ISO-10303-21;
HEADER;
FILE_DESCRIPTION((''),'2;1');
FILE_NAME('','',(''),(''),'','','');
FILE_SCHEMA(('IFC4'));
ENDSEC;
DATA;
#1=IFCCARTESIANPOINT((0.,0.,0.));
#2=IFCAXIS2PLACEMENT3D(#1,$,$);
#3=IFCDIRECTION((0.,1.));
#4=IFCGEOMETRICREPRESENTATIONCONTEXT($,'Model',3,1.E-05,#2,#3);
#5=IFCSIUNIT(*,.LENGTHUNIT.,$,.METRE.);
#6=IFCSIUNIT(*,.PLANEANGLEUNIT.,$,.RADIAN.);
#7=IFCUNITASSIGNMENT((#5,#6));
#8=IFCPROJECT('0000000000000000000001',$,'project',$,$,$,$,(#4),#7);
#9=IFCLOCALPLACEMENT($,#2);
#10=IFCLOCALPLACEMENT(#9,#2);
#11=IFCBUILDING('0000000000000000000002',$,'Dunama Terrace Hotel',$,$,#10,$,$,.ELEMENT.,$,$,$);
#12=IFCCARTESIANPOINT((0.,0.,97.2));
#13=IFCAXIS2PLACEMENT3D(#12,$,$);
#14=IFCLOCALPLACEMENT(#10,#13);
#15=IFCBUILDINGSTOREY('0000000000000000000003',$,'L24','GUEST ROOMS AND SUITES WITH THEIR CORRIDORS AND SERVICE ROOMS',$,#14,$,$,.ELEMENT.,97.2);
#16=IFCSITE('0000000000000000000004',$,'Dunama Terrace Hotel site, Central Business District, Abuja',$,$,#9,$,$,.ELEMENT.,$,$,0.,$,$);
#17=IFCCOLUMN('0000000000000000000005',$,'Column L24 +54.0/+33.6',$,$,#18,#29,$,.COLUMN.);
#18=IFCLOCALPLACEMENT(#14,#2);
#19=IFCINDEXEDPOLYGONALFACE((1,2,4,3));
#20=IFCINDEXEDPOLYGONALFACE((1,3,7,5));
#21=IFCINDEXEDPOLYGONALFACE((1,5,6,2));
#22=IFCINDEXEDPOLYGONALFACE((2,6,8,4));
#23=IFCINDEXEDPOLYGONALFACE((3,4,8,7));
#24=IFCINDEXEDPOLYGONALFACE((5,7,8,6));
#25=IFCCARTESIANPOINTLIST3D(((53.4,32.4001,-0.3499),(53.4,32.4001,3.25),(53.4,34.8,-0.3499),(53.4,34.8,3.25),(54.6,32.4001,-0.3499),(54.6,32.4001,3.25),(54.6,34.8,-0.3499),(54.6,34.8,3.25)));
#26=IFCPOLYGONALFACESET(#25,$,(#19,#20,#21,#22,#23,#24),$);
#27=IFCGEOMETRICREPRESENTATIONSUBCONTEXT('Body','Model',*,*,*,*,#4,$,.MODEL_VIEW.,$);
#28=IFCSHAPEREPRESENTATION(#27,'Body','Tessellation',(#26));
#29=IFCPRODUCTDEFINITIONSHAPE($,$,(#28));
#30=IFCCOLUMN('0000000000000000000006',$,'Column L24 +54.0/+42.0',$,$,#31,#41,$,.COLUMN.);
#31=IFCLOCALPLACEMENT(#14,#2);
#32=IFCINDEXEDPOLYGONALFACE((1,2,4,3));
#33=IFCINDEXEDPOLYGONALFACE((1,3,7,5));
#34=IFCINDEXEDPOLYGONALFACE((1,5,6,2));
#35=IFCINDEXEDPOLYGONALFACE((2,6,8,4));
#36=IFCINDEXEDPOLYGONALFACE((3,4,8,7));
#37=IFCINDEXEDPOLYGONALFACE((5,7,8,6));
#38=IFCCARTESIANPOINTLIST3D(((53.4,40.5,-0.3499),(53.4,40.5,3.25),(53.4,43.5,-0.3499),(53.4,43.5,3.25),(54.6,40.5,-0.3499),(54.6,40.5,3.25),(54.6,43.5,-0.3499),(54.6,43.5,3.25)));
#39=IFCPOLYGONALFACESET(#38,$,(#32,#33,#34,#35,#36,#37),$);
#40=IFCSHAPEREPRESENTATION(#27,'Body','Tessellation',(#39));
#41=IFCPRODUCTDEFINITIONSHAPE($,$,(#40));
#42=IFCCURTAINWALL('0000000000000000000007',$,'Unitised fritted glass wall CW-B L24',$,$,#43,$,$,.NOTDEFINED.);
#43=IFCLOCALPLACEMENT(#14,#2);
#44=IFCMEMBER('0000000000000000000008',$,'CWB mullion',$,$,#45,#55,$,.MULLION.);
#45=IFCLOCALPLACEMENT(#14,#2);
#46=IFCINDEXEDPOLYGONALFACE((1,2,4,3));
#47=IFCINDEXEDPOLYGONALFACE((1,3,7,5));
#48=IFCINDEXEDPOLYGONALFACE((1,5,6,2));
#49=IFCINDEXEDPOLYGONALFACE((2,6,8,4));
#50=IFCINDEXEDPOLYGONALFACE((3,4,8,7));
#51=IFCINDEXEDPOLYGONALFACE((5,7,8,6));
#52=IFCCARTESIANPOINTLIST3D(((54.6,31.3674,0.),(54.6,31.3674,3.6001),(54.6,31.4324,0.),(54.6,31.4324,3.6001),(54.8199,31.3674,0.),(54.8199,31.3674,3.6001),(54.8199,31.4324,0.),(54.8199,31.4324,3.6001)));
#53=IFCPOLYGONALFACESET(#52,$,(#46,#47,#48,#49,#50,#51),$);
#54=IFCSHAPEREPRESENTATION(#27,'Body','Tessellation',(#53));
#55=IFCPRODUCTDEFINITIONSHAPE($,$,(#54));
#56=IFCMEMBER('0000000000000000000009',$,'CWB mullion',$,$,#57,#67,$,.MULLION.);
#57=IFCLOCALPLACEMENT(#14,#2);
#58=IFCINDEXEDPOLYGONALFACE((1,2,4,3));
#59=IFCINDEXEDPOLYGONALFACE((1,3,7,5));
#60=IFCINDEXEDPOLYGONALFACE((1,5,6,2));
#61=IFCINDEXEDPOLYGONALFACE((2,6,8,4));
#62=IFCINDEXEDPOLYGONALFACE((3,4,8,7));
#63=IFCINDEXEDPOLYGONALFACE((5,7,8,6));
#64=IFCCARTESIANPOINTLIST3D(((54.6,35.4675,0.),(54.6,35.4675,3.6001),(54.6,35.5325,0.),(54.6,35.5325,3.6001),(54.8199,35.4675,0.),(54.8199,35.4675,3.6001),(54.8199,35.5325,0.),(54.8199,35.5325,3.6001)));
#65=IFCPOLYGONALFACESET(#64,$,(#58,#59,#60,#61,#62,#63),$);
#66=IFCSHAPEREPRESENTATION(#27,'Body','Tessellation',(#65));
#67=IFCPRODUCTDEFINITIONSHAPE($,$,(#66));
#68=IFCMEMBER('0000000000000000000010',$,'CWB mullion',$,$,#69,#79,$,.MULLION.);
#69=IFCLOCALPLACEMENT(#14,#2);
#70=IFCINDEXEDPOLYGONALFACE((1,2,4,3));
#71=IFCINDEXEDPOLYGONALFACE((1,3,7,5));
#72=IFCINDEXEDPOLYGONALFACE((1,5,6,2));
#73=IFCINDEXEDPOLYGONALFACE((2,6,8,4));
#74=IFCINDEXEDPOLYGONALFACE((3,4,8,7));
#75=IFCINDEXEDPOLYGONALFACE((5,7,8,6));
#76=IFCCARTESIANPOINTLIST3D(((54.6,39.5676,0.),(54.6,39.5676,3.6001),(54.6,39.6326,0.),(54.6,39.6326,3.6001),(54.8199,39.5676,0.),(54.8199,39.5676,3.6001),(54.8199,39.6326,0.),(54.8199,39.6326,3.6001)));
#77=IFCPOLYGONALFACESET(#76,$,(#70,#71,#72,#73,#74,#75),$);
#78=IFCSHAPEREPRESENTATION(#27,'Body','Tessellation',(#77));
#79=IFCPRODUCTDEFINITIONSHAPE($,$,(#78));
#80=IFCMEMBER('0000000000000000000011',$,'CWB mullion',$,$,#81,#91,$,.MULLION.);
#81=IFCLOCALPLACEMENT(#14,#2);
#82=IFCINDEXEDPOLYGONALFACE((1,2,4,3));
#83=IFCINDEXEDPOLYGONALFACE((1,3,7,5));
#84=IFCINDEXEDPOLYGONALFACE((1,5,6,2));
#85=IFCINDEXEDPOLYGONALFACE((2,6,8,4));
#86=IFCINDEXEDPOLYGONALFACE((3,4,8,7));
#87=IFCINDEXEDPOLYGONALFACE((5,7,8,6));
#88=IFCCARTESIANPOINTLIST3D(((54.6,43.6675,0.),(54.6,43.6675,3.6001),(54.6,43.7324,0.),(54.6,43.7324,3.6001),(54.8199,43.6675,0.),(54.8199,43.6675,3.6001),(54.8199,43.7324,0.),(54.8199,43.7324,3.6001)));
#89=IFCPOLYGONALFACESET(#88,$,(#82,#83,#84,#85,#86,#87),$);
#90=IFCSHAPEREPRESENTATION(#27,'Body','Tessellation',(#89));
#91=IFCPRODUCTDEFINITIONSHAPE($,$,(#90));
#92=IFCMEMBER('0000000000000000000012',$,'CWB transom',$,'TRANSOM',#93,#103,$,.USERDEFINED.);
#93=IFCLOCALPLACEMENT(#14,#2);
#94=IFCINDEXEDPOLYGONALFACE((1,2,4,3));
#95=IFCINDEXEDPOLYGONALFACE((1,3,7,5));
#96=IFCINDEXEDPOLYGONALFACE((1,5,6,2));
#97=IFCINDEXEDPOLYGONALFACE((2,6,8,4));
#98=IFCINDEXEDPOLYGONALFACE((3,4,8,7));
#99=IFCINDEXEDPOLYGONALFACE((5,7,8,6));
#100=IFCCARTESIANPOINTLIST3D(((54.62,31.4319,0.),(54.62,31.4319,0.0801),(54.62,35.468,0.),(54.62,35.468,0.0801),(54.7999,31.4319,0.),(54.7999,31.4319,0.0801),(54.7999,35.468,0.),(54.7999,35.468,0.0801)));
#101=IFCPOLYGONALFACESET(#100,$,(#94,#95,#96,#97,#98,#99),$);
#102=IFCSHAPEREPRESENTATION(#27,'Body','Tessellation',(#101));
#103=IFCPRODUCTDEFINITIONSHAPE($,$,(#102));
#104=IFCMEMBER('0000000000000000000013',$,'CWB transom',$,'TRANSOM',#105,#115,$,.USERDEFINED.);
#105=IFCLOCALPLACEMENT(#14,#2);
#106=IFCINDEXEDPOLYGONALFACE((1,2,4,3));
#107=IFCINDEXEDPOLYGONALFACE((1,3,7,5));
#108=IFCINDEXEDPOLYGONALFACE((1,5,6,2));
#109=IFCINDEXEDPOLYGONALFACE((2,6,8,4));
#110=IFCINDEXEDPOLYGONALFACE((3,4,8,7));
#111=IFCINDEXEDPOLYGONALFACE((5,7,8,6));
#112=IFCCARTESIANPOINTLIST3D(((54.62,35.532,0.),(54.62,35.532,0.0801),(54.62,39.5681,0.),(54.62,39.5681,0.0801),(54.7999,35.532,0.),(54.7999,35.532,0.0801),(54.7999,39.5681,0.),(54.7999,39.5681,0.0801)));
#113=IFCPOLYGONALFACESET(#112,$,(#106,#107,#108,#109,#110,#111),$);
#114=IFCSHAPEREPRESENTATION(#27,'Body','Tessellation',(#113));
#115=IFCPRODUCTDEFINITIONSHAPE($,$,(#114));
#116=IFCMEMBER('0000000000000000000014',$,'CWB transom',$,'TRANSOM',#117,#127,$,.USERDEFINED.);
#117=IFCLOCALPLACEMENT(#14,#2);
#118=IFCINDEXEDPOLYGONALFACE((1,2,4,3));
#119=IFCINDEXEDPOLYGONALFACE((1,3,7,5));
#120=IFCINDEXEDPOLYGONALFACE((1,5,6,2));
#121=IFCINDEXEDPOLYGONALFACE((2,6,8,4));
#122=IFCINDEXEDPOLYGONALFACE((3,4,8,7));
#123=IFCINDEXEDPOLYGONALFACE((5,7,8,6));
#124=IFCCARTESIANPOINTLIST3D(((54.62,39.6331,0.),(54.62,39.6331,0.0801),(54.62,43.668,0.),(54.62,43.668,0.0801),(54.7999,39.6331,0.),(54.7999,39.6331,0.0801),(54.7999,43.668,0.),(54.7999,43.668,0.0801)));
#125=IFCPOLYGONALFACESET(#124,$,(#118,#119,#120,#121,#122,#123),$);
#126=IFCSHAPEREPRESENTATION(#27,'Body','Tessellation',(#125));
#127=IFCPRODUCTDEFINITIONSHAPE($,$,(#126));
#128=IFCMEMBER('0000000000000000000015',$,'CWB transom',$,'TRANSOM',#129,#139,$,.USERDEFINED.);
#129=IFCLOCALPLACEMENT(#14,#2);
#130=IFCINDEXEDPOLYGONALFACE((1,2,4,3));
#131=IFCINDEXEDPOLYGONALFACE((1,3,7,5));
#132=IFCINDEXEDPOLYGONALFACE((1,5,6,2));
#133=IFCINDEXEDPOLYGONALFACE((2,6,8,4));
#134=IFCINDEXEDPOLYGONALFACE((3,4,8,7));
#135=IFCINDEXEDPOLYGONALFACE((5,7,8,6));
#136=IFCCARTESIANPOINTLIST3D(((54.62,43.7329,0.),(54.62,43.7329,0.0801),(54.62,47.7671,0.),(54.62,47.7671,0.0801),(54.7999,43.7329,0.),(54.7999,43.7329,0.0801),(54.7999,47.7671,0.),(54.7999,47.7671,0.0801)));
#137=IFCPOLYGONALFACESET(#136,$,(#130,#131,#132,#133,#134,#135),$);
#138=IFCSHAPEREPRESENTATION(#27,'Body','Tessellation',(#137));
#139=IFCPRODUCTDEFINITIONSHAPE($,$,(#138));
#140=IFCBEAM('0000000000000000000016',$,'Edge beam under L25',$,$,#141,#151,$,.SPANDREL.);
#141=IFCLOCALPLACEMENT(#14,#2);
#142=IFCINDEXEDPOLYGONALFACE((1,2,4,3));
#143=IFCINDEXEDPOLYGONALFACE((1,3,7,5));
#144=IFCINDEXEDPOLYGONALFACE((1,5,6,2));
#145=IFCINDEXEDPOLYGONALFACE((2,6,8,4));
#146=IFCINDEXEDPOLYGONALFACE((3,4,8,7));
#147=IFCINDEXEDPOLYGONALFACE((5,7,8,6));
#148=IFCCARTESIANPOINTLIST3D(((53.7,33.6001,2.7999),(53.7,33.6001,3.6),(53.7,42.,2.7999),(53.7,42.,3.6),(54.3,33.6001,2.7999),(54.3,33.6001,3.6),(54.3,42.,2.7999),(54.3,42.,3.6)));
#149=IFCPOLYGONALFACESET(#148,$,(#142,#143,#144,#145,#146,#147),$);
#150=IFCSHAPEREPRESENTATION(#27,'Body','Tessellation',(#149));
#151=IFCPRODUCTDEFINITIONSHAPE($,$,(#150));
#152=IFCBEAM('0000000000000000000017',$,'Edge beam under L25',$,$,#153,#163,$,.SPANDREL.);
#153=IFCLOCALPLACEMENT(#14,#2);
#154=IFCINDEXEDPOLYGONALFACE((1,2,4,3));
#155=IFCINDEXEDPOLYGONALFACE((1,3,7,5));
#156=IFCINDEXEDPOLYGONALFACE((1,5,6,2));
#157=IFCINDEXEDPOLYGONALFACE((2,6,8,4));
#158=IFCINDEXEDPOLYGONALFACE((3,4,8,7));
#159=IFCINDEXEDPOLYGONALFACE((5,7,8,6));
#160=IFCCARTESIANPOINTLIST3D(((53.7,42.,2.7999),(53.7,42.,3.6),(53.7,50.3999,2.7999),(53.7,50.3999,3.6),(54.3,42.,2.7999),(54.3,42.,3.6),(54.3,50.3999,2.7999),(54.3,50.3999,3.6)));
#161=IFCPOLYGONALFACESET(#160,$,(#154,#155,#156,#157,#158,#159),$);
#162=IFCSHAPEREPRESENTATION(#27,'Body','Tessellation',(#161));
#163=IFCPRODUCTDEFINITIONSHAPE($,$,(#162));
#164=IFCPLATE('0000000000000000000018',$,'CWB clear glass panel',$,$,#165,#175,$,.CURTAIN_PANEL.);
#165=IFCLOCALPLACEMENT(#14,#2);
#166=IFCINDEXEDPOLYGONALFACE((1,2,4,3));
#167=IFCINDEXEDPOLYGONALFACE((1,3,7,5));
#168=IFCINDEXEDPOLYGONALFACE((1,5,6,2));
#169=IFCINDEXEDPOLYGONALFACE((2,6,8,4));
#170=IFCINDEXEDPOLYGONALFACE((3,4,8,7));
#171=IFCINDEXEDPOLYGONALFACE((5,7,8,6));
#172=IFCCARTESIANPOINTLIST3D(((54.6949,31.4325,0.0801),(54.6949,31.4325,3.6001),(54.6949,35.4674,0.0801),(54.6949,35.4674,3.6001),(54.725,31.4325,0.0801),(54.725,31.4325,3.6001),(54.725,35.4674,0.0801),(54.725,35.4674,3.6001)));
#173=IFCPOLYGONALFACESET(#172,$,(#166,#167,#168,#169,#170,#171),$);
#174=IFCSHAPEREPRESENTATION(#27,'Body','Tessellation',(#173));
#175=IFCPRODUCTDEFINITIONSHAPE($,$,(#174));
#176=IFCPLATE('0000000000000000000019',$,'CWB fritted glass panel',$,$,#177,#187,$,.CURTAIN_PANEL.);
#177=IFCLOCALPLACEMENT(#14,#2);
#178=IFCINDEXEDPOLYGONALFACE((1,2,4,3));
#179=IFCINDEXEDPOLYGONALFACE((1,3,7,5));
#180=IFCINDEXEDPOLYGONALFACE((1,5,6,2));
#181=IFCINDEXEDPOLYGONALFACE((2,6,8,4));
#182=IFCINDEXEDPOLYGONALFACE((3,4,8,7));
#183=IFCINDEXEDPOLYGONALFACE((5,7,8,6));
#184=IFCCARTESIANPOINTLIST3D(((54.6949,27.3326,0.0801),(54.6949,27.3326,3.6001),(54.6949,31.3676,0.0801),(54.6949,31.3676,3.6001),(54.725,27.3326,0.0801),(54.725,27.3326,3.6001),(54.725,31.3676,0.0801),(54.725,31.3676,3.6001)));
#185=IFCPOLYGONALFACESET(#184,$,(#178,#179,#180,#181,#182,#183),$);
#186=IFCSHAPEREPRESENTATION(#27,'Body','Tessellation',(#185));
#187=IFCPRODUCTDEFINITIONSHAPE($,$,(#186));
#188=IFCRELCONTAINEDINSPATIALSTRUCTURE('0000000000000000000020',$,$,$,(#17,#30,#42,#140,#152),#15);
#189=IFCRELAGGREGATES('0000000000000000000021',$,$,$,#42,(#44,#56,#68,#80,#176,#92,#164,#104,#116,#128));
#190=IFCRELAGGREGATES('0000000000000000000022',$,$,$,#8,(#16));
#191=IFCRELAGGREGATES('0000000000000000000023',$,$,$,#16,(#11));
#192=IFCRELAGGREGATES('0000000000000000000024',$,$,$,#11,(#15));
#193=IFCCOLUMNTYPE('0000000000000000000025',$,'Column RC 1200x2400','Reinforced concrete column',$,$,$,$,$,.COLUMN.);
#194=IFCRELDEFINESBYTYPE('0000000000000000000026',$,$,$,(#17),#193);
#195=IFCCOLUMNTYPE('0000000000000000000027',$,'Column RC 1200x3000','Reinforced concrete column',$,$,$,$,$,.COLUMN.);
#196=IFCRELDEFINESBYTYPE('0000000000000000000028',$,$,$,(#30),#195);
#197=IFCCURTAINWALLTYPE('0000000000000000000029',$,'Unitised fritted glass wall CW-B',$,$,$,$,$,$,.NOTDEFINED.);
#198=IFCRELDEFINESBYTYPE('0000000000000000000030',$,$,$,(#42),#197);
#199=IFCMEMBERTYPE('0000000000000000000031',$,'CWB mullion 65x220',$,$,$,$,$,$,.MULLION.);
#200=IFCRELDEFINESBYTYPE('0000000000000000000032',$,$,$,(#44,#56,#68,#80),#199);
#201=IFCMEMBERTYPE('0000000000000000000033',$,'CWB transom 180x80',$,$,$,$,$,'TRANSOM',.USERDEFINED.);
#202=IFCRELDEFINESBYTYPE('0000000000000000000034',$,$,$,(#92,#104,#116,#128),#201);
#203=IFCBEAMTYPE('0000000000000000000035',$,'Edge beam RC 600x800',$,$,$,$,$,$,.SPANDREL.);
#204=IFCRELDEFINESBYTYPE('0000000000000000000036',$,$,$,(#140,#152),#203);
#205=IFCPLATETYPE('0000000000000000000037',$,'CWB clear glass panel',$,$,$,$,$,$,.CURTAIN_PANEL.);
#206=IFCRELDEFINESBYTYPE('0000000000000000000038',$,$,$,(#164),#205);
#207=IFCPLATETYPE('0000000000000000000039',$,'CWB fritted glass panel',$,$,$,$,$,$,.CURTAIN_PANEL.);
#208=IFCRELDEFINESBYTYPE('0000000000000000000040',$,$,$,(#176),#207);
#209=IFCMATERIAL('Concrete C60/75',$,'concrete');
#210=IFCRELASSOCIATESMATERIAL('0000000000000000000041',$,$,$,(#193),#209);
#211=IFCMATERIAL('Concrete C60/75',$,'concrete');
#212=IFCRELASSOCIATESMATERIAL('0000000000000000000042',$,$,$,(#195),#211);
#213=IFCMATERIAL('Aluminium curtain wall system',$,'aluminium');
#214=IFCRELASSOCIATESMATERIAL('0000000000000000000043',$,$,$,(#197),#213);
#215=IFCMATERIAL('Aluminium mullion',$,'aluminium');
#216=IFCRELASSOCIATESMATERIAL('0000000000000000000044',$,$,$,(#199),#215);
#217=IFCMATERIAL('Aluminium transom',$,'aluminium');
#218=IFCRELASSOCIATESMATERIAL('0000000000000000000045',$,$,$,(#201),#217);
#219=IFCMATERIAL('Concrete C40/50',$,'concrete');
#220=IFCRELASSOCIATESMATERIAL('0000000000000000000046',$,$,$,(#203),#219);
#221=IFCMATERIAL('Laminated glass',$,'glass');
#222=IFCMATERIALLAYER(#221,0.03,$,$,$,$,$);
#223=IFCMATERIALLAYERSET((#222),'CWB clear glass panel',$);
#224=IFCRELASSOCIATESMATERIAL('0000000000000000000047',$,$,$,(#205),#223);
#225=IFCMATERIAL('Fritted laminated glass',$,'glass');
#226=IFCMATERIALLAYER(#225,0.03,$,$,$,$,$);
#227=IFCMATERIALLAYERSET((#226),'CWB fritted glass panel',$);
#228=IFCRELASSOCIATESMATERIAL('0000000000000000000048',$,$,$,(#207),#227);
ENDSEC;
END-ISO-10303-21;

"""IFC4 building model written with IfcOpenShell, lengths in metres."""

from ifc_helpers import new_model, si_unit, direction, frame, origin, origin_2d, place, context, subcontext, project, spatial, rectangle, extrude, material, layer, layer_set, material_profile, profile_set, type_object, element, aggregate, save


model = new_model("IFC4")

# Units and contexts
model_context = context("Model", 3, precision=1e-05, world=origin(), true_north=direction((0.0, 1.0)))
body_context = subcontext(model_context, "Body", "Model", "MODEL_VIEW")
ifc_project = project(units=[si_unit("LENGTHUNIT", "METRE"), si_unit("PLANEANGLEUNIT", "RADIAN")], contexts=[model_context])

# Site, building, storey
site_placement = place(None, origin())
site = spatial("IfcSite", under=ifc_project, at=site_placement, Name="Dunama Terrace Hotel site, Central Business District, Abuja", CompositionType="ELEMENT", RefElevation=0.0)
building_placement = place(site_placement, origin())
building = spatial("IfcBuilding", under=site, at=building_placement, Name="Dunama Terrace Hotel", CompositionType="ELEMENT")
storey_placement = place(building_placement, frame((0.0, 0.0, 97.2)))
storey = spatial("IfcBuildingStorey", under=building, at=storey_placement, Name="L24", Description="GUEST ROOMS AND SUITES WITH THEIR CORRIDORS AND SERVICE ROOMS", CompositionType="ELEMENT", Elevation=97.2)

# Columns
ifc_material_1 = material(Name="Concrete C60/75", Category="concrete")
ifc_material_profile_1 = material_profile(ifc_material_1, rectangle(XDim=1.2, YDim=2.3999, at=origin_2d()), Name="RC 1200x2400")
ifc_profile_set_1 = profile_set([ifc_material_profile_1], Name="Concrete C60/75")
column_type_1 = type_object("IfcColumnType", Name="Column RC 1200x2400", Description="Reinforced concrete column", PredefinedType="COLUMN", material=ifc_profile_set_1)
column_1_placement = place(storey_placement, frame((54.0, 33.6001, -0.3499), z_axis=(0.0, 0.0, 1.0), x_axis=(1.0, 0.0, 0.0)))
element("IfcColumn", 1, at=column_1_placement, inside=storey, type_object=column_type_1, Name="Column L24 +54.0/+33.6", PredefinedType="COLUMN", context=body_context, shape_type="SweptSolid", body=[
    extrude(rectangle(XDim=1.2, YDim=2.3999, at=origin_2d()), origin(), (0.0, 0.0, 1.0), 3.5999),
])
ifc_material_2 = material(Name="Concrete C60/75", Category="concrete")
ifc_material_profile_2 = material_profile(ifc_material_2, rectangle(XDim=1.2, YDim=3.0, at=origin_2d()), Name="RC 1200x3000")
ifc_profile_set_2 = profile_set([ifc_material_profile_2], Name="Concrete C60/75")
column_type_2 = type_object("IfcColumnType", Name="Column RC 1200x3000", Description="Reinforced concrete column", PredefinedType="COLUMN", material=ifc_profile_set_2)
column_2_placement = place(storey_placement, frame((54.0, 42.0, -0.3499), z_axis=(0.0, 0.0, 1.0), x_axis=(1.0, 0.0, 0.0)))
element("IfcColumn", 2, at=column_2_placement, inside=storey, type_object=column_type_2, Name="Column L24 +54.0/+42.0", PredefinedType="COLUMN", context=body_context, shape_type="SweptSolid", body=[
    extrude(rectangle(XDim=1.2, YDim=3.0, at=origin_2d()), origin(), (0.0, 0.0, 1.0), 3.5999),
])

# Curtain wall, members
ifc_material_3 = material(Name="Aluminium curtain wall system", Category="aluminium")
curtain_wall_type = type_object("IfcCurtainWallType", Name="Unitised fritted glass wall CW-B", PredefinedType="NOTDEFINED", material=ifc_material_3)
curtain_wall_placement = place(storey_placement, origin())
curtain_wall = element("IfcCurtainWall", 3, at=curtain_wall_placement, inside=storey, type_object=curtain_wall_type, Name="Unitised fritted glass wall CW-B L24", PredefinedType="NOTDEFINED")
ifc_material_4 = material(Name="Aluminium mullion", Category="aluminium")
ifc_material_profile_3 = material_profile(ifc_material_4, rectangle(XDim=0.0649, YDim=0.22, at=origin_2d()), Name="CWB MULLION 65X220")
ifc_profile_set_3 = profile_set([ifc_material_profile_3], Name="Aluminium mullion")
member_type_1 = type_object("IfcMemberType", Name="CWB mullion 65x220", PredefinedType="MULLION", material=ifc_profile_set_3)
member_1_placement = place(storey_placement, frame((54.71, 31.3999, 0.0), z_axis=(0.0, 0.0, 1.0), x_axis=(0.0, 1.0, 0.0)))
member_1 = element("IfcMember", 4, at=member_1_placement, type_object=member_type_1, Name="CWB mullion", PredefinedType="MULLION", context=body_context, shape_type="SweptSolid", body=[
    extrude(rectangle(XDim=0.0649, YDim=0.22, at=origin_2d()), origin(), (0.0, 0.0, 1.0), 3.6001),
])
member_2_placement = place(storey_placement, frame((54.71, 35.5, 0.0), z_axis=(0.0, 0.0, 1.0), x_axis=(0.0, 1.0, 0.0)))
member_2 = element("IfcMember", 5, at=member_2_placement, type_object=member_type_1, Name="CWB mullion", PredefinedType="MULLION", context=body_context, shape_type="SweptSolid", body=[
    extrude(rectangle(XDim=0.0649, YDim=0.22, at=origin_2d()), origin(), (0.0, 0.0, 1.0), 3.6001),
])
member_3_placement = place(storey_placement, frame((54.71, 39.6001, 0.0), z_axis=(0.0, 0.0, 1.0), x_axis=(0.0, 1.0, 0.0)))
member_3 = element("IfcMember", 6, at=member_3_placement, type_object=member_type_1, Name="CWB mullion", PredefinedType="MULLION", context=body_context, shape_type="SweptSolid", body=[
    extrude(rectangle(XDim=0.0649, YDim=0.22, at=origin_2d()), origin(), (0.0, 0.0, 1.0), 3.6001),
])
member_4_placement = place(storey_placement, frame((54.71, 43.7, 0.0), z_axis=(0.0, 0.0, 1.0), x_axis=(0.0, 1.0, 0.0)))
member_4 = element("IfcMember", 7, at=member_4_placement, type_object=member_type_1, Name="CWB mullion", PredefinedType="MULLION", context=body_context, shape_type="SweptSolid", body=[
    extrude(rectangle(XDim=0.0649, YDim=0.22, at=origin_2d()), origin(), (0.0, 0.0, 1.0), 3.6001),
])
ifc_material_5 = material(Name="Aluminium transom", Category="aluminium")
ifc_material_profile_4 = material_profile(ifc_material_5, rectangle(XDim=0.1799, YDim=0.0801, at=origin_2d()), Name="CWB TRANSOM 180X80")
ifc_profile_set_4 = profile_set([ifc_material_profile_4], Name="Aluminium transom")
member_type_2 = type_object("IfcMemberType", Name="CWB transom 180x80", ElementType="TRANSOM", PredefinedType="USERDEFINED", material=ifc_profile_set_4)
member_5_placement = place(storey_placement, frame((54.71, 31.4319, 0.04), z_axis=(0.0, 1.0, 0.0), x_axis=(-1.0, 0.0, 0.0)))
member_5 = element("IfcMember", 8, at=member_5_placement, type_object=member_type_2, Name="CWB transom", ObjectType="TRANSOM", PredefinedType="USERDEFINED", context=body_context, shape_type="SweptSolid", body=[
    extrude(rectangle(XDim=0.1799, YDim=0.0801, at=origin_2d()), origin(), (0.0, 0.0, 1.0), 4.0361),
])
member_6_placement = place(storey_placement, frame((54.71, 35.532, 0.04), z_axis=(0.0, 1.0, 0.0), x_axis=(-1.0, 0.0, 0.0)))
member_6 = element("IfcMember", 9, at=member_6_placement, type_object=member_type_2, Name="CWB transom", ObjectType="TRANSOM", PredefinedType="USERDEFINED", context=body_context, shape_type="SweptSolid", body=[
    extrude(rectangle(XDim=0.1799, YDim=0.0801, at=origin_2d()), origin(), (0.0, 0.0, 1.0), 4.0361),
])
member_7_placement = place(storey_placement, frame((54.71, 39.6331, 0.04), z_axis=(0.0, 1.0, 0.0), x_axis=(-1.0, 0.0, 0.0)))
member_7 = element("IfcMember", 10, at=member_7_placement, type_object=member_type_2, Name="CWB transom", ObjectType="TRANSOM", PredefinedType="USERDEFINED", context=body_context, shape_type="SweptSolid", body=[
    extrude(rectangle(XDim=0.1799, YDim=0.0801, at=origin_2d()), origin(), (0.0, 0.0, 1.0), 4.0349),
])
member_8_placement = place(storey_placement, frame((54.71, 43.7329, 0.04), z_axis=(0.0, 1.0, 0.0), x_axis=(-1.0, 0.0, 0.0)))
member_8 = element("IfcMember", 11, at=member_8_placement, type_object=member_type_2, Name="CWB transom", ObjectType="TRANSOM", PredefinedType="USERDEFINED", context=body_context, shape_type="SweptSolid", body=[
    extrude(rectangle(XDim=0.1799, YDim=0.0801, at=origin_2d()), origin(), (0.0, 0.0, 1.0), 4.0342),
])

# Beams
ifc_material_6 = material(Name="Concrete C40/50", Category="concrete")
ifc_material_profile_5 = material_profile(ifc_material_6, rectangle(XDim=0.6001, YDim=0.8, at=origin_2d()), Name="RC 600x800")
ifc_profile_set_5 = profile_set([ifc_material_profile_5], Name="Concrete C40/50")
beam_type = type_object("IfcBeamType", Name="Edge beam RC 600x800", PredefinedType="SPANDREL", material=ifc_profile_set_5)
for number, where, z_axis, x_axis, name in (
    (12, (54.0, 33.6001, 3.2), (0.0, 1.0, 0.0), (-1.0, 0.0, 0.0), "Edge beam under L25"),
    (13, (54.0, 42.0, 3.2), (0.0, 1.0, 0.0), (-1.0, 0.0, 0.0), "Edge beam under L25"),
):
    element("IfcBeam", number, at=place(storey_placement, frame(where, z_axis=z_axis, x_axis=x_axis)), inside=storey, type_object=beam_type, Name=name, PredefinedType="SPANDREL", context=body_context, shape_type="SweptSolid", body=[
        extrude(rectangle(XDim=0.6001, YDim=0.8, at=origin_2d()), origin(), (0.0, 0.0, 1.0), 8.3999),
    ])

# Plates
ifc_material_7 = material(Name="Laminated glass", Category="glass")
ifc_layer_1 = layer(ifc_material_7, 0.03)
ifc_layer_set_1 = layer_set([ifc_layer_1], Name="CWB clear glass panel")
plate_type_1 = type_object("IfcPlateType", Name="CWB clear glass panel", PredefinedType="CURTAIN_PANEL", material=ifc_layer_set_1)
plate_1_placement = place(storey_placement, frame((54.71, 33.45, 0.0801), z_axis=(0.0, 0.0, 1.0), x_axis=(0.0, 1.0, 0.0)))
plate_1 = element("IfcPlate", 14, at=plate_1_placement, type_object=plate_type_1, Name="CWB clear glass panel", PredefinedType="CURTAIN_PANEL", context=body_context, shape_type="SweptSolid", body=[
    extrude(rectangle(XDim=4.0349, YDim=0.03, at=origin_2d()), origin(), (0.0, 0.0, 1.0), 3.52),
])
ifc_material_8 = material(Name="Fritted laminated glass", Category="glass")
ifc_layer_2 = layer(ifc_material_8, 0.03)
ifc_layer_set_2 = layer_set([ifc_layer_2], Name="CWB fritted glass panel")
plate_type_2 = type_object("IfcPlateType", Name="CWB fritted glass panel", PredefinedType="CURTAIN_PANEL", material=ifc_layer_set_2)
plate_2_placement = place(storey_placement, frame((54.71, 29.3501, 0.0801), z_axis=(0.0, 0.0, 1.0), x_axis=(0.0, 1.0, 0.0)))
plate_2 = element("IfcPlate", 15, at=plate_2_placement, type_object=plate_type_2, Name="CWB fritted glass panel", PredefinedType="CURTAIN_PANEL", context=body_context, shape_type="SweptSolid", body=[
    extrude(rectangle(XDim=4.0349, YDim=0.03, at=origin_2d()), origin(), (0.0, 0.0, 1.0), 3.52),
])
aggregate(curtain_wall, [member_1, member_2, member_3, member_4, plate_2, member_5, plate_1, member_6, member_7, member_8])

save(model, "model.ifc")
